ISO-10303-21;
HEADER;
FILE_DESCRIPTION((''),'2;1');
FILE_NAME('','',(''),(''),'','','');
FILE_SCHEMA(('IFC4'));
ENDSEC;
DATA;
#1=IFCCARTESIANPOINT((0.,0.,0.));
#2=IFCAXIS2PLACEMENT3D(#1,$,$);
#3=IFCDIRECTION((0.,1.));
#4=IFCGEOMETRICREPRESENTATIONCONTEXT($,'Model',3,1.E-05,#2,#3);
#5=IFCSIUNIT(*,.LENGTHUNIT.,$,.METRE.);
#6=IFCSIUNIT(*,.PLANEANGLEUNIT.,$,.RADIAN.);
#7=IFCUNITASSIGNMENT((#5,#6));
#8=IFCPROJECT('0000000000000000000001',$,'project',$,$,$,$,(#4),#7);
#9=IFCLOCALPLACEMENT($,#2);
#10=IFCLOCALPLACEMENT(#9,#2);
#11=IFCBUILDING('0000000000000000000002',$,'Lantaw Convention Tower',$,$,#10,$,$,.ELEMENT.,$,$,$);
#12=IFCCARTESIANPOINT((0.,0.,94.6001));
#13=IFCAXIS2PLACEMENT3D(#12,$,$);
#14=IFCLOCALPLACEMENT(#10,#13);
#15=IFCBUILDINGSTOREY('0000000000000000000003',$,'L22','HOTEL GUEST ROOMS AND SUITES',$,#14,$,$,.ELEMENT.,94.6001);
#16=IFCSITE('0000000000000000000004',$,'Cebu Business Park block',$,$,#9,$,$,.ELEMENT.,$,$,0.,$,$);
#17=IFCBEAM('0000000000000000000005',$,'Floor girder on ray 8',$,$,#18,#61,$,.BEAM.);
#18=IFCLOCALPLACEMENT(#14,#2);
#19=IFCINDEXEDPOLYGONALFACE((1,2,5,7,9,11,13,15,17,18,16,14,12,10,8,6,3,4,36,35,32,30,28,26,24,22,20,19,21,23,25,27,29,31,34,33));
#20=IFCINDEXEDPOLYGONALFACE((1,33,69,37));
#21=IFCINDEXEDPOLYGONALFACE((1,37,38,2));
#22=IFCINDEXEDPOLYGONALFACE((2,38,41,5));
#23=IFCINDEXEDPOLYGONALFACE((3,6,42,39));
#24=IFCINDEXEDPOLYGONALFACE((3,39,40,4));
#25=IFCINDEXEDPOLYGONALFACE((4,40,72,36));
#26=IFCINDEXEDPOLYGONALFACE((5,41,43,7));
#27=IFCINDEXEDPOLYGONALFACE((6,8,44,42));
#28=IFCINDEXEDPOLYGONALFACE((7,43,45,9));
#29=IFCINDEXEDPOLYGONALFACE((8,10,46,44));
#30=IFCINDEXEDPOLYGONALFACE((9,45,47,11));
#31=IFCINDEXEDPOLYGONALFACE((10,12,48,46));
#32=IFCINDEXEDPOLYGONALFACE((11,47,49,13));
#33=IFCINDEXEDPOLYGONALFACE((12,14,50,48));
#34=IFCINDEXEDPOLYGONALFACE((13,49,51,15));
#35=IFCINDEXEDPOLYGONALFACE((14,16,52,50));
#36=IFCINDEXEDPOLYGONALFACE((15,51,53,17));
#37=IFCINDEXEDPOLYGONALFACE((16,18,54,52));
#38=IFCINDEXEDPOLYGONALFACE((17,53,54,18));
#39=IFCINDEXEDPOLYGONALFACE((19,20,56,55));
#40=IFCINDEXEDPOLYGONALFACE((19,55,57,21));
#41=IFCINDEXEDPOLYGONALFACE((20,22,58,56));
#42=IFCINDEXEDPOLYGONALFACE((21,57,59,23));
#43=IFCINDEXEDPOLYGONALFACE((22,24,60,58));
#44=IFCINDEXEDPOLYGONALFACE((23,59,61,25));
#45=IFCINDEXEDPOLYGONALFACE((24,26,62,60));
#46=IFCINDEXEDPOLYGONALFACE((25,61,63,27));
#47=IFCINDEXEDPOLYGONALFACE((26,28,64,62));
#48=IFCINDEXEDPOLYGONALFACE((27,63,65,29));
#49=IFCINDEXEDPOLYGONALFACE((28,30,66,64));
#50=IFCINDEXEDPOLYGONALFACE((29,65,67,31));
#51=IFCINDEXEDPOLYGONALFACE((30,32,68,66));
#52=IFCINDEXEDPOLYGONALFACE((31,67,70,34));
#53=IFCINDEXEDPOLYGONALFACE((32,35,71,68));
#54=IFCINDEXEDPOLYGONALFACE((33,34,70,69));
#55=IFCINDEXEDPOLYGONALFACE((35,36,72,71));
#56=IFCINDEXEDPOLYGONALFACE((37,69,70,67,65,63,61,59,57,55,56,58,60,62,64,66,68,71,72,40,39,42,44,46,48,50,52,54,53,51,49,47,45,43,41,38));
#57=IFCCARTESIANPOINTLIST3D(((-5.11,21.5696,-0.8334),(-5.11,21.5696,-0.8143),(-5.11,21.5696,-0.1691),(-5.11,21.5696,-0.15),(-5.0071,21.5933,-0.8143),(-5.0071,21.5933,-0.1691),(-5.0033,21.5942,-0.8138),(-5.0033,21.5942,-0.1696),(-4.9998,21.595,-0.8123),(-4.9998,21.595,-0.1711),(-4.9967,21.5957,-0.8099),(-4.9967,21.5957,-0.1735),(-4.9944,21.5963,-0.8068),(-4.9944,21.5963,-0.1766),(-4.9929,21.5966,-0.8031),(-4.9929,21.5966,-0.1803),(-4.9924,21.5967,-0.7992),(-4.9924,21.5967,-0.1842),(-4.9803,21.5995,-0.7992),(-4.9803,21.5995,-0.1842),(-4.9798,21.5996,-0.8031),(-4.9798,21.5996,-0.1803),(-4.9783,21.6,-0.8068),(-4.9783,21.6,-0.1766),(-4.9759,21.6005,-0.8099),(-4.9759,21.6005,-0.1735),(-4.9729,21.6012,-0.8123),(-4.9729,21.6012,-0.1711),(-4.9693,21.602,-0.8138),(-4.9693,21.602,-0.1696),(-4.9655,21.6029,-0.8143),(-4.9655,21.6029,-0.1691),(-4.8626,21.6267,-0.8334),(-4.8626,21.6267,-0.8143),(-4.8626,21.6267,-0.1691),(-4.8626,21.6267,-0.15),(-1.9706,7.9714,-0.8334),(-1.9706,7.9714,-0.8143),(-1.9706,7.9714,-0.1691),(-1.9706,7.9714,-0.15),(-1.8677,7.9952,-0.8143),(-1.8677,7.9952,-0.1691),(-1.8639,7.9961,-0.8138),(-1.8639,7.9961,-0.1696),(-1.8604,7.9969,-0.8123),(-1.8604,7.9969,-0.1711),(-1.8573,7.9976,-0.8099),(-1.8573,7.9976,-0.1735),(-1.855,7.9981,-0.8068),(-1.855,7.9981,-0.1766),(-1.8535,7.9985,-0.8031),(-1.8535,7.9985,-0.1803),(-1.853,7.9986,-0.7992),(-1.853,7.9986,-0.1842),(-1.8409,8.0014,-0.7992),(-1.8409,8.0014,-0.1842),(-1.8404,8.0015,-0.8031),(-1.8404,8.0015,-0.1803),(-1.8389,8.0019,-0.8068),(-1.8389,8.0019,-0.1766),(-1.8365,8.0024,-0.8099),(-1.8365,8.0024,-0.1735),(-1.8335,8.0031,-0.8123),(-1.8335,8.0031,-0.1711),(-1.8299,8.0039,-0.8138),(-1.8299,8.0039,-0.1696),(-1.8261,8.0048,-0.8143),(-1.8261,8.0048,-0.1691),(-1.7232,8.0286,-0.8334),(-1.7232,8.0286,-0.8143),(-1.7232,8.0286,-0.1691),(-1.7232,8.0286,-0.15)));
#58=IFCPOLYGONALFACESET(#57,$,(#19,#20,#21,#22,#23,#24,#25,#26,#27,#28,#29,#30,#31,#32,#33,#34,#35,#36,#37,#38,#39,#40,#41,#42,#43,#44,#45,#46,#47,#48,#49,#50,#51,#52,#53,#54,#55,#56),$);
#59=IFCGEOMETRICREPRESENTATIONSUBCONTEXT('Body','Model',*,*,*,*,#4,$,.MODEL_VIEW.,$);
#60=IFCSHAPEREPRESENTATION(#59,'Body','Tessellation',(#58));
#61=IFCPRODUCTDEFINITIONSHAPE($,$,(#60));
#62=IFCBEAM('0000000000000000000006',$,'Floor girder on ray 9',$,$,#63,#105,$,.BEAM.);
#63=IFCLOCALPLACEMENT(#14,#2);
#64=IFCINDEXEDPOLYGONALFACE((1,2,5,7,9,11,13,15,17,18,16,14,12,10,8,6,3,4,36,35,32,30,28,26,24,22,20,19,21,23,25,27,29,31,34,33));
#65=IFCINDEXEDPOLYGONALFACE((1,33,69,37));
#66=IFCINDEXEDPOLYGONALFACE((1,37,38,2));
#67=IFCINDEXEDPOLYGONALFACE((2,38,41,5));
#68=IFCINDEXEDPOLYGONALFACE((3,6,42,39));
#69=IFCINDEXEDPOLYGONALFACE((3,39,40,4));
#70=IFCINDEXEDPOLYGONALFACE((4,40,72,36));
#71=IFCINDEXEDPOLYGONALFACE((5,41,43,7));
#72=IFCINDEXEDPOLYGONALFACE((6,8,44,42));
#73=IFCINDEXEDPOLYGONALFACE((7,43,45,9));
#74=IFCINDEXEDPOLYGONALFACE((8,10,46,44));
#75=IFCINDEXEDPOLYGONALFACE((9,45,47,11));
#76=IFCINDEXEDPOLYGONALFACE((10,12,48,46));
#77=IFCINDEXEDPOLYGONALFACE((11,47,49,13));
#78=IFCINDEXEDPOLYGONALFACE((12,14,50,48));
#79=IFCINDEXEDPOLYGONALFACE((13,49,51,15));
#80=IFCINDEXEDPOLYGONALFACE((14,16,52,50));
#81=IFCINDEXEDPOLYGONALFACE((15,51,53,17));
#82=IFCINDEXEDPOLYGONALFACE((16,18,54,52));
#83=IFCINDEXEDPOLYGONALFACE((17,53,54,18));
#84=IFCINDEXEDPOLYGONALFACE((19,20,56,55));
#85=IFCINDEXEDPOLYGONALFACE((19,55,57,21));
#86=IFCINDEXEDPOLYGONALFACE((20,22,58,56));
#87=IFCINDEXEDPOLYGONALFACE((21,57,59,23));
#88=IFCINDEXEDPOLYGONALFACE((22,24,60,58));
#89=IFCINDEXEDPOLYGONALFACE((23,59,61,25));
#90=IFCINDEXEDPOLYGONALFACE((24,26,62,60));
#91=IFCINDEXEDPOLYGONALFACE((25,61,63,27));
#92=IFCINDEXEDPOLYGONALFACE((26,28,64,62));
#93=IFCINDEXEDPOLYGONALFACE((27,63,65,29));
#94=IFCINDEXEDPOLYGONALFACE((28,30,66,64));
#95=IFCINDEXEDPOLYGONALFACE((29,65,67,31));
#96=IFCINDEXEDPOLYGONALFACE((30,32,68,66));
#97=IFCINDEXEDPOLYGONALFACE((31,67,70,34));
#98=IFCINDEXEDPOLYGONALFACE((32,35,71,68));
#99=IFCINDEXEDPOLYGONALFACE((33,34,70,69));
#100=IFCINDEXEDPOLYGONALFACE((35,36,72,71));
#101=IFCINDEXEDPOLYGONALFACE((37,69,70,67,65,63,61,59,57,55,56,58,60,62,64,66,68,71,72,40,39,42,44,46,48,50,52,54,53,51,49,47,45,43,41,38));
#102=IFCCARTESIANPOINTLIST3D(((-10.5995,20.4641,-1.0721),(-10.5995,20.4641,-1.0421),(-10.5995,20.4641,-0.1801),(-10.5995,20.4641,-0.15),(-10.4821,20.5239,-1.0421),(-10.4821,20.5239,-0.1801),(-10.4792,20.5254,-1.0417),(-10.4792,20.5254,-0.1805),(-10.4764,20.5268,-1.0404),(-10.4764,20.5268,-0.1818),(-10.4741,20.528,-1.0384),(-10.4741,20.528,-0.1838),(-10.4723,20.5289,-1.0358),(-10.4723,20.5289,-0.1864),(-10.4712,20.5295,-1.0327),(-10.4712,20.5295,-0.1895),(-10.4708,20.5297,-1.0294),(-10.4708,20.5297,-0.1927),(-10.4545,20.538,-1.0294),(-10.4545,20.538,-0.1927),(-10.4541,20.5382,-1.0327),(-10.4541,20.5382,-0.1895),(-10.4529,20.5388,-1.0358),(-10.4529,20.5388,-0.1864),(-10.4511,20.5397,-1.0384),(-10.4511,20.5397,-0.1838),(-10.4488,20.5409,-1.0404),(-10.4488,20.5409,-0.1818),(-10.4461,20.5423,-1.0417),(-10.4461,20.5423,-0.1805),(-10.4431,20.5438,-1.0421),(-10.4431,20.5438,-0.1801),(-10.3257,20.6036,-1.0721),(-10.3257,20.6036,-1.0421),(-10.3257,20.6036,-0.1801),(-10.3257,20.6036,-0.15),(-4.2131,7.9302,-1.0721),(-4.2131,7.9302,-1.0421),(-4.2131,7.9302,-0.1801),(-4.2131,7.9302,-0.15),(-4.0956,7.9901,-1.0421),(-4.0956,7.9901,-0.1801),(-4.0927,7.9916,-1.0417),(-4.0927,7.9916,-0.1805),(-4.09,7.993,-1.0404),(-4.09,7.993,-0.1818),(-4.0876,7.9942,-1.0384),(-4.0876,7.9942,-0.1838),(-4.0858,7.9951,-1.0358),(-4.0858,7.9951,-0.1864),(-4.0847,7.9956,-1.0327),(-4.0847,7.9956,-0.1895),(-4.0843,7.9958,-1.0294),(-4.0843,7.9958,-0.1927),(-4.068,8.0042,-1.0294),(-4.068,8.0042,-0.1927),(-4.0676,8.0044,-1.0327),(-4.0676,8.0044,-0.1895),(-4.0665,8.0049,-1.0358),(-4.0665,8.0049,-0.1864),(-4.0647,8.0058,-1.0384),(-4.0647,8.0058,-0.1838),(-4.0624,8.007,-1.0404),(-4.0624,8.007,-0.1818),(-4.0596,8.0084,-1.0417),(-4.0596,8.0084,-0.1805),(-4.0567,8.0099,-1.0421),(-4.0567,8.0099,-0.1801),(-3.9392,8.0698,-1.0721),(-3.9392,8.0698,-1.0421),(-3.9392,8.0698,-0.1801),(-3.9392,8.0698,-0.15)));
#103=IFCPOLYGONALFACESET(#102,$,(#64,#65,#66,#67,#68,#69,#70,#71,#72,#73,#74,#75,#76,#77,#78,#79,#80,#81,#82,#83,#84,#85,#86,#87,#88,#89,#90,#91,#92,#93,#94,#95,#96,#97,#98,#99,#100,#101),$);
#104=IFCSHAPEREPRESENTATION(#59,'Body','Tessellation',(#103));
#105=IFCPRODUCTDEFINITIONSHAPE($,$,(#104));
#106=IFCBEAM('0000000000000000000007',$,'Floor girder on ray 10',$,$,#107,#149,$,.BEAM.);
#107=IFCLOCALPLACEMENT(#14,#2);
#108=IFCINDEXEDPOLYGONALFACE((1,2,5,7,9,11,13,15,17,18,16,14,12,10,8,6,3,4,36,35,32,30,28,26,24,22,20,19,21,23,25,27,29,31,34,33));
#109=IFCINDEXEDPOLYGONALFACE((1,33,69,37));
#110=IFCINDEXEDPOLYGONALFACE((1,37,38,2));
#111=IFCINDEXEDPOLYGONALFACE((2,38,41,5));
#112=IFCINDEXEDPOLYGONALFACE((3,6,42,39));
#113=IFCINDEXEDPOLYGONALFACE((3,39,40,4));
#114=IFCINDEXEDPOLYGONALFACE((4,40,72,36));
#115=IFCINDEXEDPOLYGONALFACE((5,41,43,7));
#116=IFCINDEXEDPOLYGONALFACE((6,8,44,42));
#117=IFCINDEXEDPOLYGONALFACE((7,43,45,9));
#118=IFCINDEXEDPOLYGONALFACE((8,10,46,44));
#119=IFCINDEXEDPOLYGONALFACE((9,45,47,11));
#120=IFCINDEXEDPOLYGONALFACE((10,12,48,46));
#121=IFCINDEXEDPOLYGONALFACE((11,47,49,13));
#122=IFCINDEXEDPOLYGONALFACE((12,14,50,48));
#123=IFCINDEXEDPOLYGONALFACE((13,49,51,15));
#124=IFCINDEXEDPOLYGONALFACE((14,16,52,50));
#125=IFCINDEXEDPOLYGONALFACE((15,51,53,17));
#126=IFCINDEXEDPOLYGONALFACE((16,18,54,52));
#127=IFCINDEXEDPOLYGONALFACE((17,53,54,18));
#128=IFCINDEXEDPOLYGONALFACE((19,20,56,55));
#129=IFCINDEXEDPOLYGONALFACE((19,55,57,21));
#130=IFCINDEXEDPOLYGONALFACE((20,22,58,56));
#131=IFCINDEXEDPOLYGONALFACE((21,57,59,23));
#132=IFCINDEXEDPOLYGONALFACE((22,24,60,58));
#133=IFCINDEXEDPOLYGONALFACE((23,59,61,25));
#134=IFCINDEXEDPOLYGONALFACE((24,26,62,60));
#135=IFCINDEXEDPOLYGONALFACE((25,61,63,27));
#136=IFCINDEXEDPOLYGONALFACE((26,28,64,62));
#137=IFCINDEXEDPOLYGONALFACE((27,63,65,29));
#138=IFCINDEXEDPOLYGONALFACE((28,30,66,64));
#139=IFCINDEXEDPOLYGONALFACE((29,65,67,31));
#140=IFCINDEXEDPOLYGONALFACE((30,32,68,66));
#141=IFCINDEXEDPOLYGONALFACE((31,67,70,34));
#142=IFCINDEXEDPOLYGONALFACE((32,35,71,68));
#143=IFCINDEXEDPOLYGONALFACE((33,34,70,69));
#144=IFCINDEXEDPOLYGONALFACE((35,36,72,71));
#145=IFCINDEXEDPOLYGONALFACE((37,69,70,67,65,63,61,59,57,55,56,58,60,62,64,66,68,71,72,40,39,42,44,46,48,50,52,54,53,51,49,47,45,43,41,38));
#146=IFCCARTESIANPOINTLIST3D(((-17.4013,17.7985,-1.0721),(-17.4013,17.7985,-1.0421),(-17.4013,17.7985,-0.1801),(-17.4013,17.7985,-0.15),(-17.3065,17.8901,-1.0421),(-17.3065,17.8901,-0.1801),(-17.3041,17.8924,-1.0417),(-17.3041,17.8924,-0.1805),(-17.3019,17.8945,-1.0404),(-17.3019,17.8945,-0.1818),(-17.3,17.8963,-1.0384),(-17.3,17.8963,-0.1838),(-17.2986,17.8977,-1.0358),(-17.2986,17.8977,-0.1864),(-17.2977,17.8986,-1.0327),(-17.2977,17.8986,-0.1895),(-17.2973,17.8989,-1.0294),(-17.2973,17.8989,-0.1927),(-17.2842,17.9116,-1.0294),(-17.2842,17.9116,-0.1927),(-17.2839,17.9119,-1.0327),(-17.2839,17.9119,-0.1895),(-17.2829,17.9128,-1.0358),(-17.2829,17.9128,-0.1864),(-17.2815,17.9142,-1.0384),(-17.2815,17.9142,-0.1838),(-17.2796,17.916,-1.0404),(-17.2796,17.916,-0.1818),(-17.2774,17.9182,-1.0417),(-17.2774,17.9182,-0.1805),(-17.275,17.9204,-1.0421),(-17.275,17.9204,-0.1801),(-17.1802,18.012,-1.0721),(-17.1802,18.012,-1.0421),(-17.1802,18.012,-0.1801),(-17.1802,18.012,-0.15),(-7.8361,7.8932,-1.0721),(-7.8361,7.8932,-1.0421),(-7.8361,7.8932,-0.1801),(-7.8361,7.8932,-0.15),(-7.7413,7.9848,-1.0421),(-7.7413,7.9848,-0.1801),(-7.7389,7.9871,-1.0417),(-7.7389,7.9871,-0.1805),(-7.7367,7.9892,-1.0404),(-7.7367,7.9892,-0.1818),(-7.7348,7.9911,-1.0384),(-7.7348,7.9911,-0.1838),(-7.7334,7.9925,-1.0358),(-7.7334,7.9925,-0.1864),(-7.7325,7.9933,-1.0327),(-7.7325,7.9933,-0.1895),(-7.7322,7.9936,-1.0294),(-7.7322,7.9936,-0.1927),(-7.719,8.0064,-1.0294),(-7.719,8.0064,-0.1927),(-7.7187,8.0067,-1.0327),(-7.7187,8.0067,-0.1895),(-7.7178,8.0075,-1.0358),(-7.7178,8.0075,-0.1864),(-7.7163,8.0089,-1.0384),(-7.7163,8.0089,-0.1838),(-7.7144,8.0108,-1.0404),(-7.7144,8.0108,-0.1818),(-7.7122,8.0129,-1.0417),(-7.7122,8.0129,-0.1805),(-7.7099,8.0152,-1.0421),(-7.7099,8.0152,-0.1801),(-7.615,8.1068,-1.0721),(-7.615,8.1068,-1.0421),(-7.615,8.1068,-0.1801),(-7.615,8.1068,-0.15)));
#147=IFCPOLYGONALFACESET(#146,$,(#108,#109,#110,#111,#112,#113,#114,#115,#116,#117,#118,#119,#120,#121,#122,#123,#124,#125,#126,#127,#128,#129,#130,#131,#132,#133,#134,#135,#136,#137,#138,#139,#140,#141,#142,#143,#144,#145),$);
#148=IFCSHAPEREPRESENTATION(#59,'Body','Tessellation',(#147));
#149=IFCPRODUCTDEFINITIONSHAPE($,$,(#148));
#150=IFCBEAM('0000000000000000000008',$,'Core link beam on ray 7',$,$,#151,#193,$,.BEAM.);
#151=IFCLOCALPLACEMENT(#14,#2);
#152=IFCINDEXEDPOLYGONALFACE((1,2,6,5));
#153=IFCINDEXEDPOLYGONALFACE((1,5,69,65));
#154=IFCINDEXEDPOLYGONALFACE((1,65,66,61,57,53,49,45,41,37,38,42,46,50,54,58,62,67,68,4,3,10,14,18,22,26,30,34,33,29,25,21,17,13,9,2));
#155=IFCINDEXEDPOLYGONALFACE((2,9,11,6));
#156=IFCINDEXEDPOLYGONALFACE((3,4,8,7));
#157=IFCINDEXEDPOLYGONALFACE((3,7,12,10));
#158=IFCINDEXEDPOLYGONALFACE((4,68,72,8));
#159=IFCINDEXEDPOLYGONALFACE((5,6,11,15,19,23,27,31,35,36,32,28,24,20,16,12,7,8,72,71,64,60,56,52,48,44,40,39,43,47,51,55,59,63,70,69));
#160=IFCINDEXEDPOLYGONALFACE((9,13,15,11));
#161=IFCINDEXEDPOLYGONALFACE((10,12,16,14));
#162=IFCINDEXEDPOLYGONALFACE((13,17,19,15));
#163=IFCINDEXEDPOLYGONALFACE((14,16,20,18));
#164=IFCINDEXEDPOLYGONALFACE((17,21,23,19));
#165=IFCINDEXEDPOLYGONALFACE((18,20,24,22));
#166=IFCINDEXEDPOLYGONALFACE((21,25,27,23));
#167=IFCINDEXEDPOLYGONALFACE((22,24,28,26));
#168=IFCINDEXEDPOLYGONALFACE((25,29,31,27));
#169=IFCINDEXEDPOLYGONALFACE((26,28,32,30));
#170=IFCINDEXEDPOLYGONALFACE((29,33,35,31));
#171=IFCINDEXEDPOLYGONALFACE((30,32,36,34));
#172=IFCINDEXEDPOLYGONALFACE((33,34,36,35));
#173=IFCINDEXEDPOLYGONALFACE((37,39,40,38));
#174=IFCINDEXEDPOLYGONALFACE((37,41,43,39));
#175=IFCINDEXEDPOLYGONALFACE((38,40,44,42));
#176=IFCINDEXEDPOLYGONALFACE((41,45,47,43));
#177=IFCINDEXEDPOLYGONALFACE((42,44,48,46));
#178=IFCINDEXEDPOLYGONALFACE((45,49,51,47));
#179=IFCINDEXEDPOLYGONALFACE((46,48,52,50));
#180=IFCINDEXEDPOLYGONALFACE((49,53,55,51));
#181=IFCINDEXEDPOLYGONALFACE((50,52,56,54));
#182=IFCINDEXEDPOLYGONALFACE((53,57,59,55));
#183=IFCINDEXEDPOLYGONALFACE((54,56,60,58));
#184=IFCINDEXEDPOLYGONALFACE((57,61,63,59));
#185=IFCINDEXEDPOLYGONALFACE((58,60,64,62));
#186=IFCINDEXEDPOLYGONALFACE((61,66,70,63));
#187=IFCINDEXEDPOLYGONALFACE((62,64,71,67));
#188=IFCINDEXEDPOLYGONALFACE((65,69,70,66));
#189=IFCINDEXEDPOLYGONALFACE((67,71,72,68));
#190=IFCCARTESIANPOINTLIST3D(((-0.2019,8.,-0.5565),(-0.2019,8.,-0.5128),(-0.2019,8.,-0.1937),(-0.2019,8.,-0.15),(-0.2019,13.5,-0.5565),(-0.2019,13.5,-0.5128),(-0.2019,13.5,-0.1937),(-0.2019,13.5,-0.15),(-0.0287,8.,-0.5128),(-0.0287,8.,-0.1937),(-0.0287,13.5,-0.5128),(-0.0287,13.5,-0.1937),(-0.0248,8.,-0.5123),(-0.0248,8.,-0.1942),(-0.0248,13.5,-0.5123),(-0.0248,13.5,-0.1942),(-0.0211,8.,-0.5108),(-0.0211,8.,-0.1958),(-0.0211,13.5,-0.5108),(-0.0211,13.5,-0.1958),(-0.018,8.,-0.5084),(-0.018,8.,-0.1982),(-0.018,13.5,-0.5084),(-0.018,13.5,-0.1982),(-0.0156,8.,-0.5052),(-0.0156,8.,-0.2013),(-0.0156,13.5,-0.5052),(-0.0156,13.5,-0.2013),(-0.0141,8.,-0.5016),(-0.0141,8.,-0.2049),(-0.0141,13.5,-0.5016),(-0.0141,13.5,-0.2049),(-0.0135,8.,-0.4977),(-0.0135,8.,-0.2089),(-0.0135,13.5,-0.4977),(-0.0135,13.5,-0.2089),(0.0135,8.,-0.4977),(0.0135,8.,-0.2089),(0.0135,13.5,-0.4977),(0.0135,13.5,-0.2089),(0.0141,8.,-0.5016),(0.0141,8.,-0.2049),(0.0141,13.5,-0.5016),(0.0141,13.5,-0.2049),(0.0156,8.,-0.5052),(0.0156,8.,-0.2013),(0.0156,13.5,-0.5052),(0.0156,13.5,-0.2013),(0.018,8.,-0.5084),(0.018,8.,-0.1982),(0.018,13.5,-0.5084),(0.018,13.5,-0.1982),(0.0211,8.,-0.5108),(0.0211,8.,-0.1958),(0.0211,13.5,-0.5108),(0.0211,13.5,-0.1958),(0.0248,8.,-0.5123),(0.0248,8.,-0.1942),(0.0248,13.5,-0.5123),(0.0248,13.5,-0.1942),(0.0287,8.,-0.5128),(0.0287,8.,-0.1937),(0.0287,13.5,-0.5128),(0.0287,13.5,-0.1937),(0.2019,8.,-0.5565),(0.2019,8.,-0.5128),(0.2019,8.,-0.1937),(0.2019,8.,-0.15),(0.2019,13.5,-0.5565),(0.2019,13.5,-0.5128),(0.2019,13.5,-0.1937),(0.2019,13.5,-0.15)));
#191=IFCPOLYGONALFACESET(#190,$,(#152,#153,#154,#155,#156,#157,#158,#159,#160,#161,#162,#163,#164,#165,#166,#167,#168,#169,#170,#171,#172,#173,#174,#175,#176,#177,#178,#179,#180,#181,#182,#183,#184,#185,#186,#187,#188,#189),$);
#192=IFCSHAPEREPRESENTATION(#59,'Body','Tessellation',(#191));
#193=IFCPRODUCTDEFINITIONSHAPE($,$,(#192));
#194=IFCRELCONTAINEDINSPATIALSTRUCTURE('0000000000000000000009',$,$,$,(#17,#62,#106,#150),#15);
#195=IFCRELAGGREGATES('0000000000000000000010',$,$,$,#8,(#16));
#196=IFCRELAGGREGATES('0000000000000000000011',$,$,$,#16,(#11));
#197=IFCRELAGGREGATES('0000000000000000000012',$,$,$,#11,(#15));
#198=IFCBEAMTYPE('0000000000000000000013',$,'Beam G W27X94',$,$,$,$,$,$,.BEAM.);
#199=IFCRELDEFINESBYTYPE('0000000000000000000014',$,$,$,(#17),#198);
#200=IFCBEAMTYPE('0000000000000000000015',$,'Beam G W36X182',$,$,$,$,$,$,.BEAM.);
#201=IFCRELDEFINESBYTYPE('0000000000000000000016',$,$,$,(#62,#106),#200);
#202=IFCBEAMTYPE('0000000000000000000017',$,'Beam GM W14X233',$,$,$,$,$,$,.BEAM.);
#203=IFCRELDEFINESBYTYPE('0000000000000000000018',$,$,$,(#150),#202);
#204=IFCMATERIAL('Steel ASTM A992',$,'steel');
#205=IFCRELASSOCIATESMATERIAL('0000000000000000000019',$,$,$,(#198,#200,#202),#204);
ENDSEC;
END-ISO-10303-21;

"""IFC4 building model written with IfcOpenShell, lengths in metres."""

from ifc_helpers import new_model, si_unit, direction, frame, origin, origin_2d, place, context, subcontext, project, spatial, i_section, extrude, material, material_profile, profile_set, type_object, element, save


model = new_model("IFC4")

# Units and contexts
model_context = context("Model", 3, precision=1e-05, world=origin(), true_north=direction((0.0, 1.0)))
body_context = subcontext(model_context, "Body", "Model", "MODEL_VIEW")
ifc_project = project(units=[si_unit("LENGTHUNIT", "METRE"), si_unit("PLANEANGLEUNIT", "RADIAN")], contexts=[model_context])

# Site, building, storey
site_placement = place(None, origin())
site = spatial("IfcSite", under=ifc_project, at=site_placement, Name="Cebu Business Park block", CompositionType="ELEMENT", RefElevation=0.0)
building_placement = place(site_placement, origin())
building = spatial("IfcBuilding", under=site, at=building_placement, Name="Lantaw Convention Tower", CompositionType="ELEMENT")
storey_placement = place(building_placement, frame((0.0, 0.0, 94.6001)))
storey = spatial("IfcBuildingStorey", under=building, at=storey_placement, Name="L22", Description="HOTEL GUEST ROOMS AND SUITES", CompositionType="ELEMENT", Elevation=94.6001)

# Beams
ifc_material_1 = material(Name="Steel ASTM A992", Category="steel")
ifc_material_profile_1 = material_profile(ifc_material_1, i_section(OverallWidth=0.2539, OverallDepth=0.6833, WebThickness=0.0125, FlangeThickness=0.019, FilletRadius=0.0151, at=origin_2d()), Name="W27X94")
ifc_profile_set_1 = profile_set([ifc_material_profile_1], Name="Steel ASTM A992")
beam_type_1 = type_object("IfcBeamType", Name="Beam G W27X94", PredefinedType="BEAM", material=ifc_profile_set_1)
beam_1_placement = place(storey_placement, frame((-1.8469, 8.0, -0.4917), z_axis=(-0.224953, 0.97437, 0.0), x_axis=(-0.97437, -0.224953, 0.0)))
element("IfcBeam", 1, at=beam_1_placement, inside=storey, type_object=beam_type_1, Name="Floor girder on ray 8", PredefinedType="BEAM", context=body_context, shape_type="SweptSolid", body=[
    extrude(i_section(OverallWidth=0.2539, OverallDepth=0.6833, WebThickness=0.0125, FlangeThickness=0.019, FilletRadius=0.0151, at=origin_2d()), origin(), (0.0, 0.0, 1.0), 13.9558),
])
ifc_material_profile_2 = material_profile(ifc_material_1, i_section(OverallWidth=0.3074, OverallDepth=0.9221, WebThickness=0.0183, FlangeThickness=0.03, FilletRadius=0.0127, at=origin_2d()), Name="W36X182")
ifc_profile_set_2 = profile_set([ifc_material_profile_2], Name="Steel ASTM A992")
beam_type_2 = type_object("IfcBeamType", Name="Beam G W36X182", PredefinedType="BEAM", material=ifc_profile_set_2)
beam_2_placement = place(storey_placement, frame((-4.0762, 8.0, -0.6111), z_axis=(-0.453997, 0.891003, 0.0), x_axis=(-0.891003, -0.453997, 0.0)))
element("IfcBeam", 2, at=beam_2_placement, inside=storey, type_object=beam_type_2, Name="Floor girder on ray 9", PredefinedType="BEAM", context=body_context, shape_type="SweptSolid", body=[
    extrude(i_section(OverallWidth=0.3074, OverallDepth=0.9221, WebThickness=0.0183, FlangeThickness=0.03, FilletRadius=0.0127, at=origin_2d()), origin(), (0.0, 0.0, 1.0), 14.0671),
])
beam_3_placement = place(storey_placement, frame((-7.7256, 8.0, -0.6111), z_axis=(-0.69465, 0.719348, 0.0), x_axis=(-0.719348, -0.69465, 0.0)))
element("IfcBeam", 3, at=beam_3_placement, inside=storey, type_object=beam_type_2, Name="Floor girder on ray 10", PredefinedType="BEAM", context=body_context, shape_type="SweptSolid", body=[
    extrude(i_section(OverallWidth=0.3074, OverallDepth=0.9221, WebThickness=0.0183, FlangeThickness=0.03, FilletRadius=0.0127, at=origin_2d()), origin(), (0.0, 0.0, 1.0), 13.7698),
])
ifc_material_profile_3 = material_profile(ifc_material_1, i_section(OverallWidth=0.4038, OverallDepth=0.4065, WebThickness=0.0271, FlangeThickness=0.0437, FilletRadius=0.0151, at=origin_2d()), Name="W14X233")
ifc_profile_set_3 = profile_set([ifc_material_profile_3], Name="Steel ASTM A992")
beam_type_3 = type_object("IfcBeamType", Name="Beam GM W14X233", PredefinedType="BEAM", material=ifc_profile_set_3)
beam_4_placement = place(storey_placement, frame((0.0, 8.0, -0.3533), z_axis=(0.0, 1.0, 0.0), x_axis=(-1.0, 0.0, 0.0)))
element("IfcBeam", 4, at=beam_4_placement, inside=storey, type_object=beam_type_3, Name="Core link beam on ray 7", PredefinedType="BEAM", context=body_context, shape_type="SweptSolid", body=[
    extrude(i_section(OverallWidth=0.4038, OverallDepth=0.4065, WebThickness=0.0271, FlangeThickness=0.0437, FilletRadius=0.0151, at=origin_2d()), origin(), (0.0, 0.0, 1.0), 5.5),
])

save(model, "model.ifc")
